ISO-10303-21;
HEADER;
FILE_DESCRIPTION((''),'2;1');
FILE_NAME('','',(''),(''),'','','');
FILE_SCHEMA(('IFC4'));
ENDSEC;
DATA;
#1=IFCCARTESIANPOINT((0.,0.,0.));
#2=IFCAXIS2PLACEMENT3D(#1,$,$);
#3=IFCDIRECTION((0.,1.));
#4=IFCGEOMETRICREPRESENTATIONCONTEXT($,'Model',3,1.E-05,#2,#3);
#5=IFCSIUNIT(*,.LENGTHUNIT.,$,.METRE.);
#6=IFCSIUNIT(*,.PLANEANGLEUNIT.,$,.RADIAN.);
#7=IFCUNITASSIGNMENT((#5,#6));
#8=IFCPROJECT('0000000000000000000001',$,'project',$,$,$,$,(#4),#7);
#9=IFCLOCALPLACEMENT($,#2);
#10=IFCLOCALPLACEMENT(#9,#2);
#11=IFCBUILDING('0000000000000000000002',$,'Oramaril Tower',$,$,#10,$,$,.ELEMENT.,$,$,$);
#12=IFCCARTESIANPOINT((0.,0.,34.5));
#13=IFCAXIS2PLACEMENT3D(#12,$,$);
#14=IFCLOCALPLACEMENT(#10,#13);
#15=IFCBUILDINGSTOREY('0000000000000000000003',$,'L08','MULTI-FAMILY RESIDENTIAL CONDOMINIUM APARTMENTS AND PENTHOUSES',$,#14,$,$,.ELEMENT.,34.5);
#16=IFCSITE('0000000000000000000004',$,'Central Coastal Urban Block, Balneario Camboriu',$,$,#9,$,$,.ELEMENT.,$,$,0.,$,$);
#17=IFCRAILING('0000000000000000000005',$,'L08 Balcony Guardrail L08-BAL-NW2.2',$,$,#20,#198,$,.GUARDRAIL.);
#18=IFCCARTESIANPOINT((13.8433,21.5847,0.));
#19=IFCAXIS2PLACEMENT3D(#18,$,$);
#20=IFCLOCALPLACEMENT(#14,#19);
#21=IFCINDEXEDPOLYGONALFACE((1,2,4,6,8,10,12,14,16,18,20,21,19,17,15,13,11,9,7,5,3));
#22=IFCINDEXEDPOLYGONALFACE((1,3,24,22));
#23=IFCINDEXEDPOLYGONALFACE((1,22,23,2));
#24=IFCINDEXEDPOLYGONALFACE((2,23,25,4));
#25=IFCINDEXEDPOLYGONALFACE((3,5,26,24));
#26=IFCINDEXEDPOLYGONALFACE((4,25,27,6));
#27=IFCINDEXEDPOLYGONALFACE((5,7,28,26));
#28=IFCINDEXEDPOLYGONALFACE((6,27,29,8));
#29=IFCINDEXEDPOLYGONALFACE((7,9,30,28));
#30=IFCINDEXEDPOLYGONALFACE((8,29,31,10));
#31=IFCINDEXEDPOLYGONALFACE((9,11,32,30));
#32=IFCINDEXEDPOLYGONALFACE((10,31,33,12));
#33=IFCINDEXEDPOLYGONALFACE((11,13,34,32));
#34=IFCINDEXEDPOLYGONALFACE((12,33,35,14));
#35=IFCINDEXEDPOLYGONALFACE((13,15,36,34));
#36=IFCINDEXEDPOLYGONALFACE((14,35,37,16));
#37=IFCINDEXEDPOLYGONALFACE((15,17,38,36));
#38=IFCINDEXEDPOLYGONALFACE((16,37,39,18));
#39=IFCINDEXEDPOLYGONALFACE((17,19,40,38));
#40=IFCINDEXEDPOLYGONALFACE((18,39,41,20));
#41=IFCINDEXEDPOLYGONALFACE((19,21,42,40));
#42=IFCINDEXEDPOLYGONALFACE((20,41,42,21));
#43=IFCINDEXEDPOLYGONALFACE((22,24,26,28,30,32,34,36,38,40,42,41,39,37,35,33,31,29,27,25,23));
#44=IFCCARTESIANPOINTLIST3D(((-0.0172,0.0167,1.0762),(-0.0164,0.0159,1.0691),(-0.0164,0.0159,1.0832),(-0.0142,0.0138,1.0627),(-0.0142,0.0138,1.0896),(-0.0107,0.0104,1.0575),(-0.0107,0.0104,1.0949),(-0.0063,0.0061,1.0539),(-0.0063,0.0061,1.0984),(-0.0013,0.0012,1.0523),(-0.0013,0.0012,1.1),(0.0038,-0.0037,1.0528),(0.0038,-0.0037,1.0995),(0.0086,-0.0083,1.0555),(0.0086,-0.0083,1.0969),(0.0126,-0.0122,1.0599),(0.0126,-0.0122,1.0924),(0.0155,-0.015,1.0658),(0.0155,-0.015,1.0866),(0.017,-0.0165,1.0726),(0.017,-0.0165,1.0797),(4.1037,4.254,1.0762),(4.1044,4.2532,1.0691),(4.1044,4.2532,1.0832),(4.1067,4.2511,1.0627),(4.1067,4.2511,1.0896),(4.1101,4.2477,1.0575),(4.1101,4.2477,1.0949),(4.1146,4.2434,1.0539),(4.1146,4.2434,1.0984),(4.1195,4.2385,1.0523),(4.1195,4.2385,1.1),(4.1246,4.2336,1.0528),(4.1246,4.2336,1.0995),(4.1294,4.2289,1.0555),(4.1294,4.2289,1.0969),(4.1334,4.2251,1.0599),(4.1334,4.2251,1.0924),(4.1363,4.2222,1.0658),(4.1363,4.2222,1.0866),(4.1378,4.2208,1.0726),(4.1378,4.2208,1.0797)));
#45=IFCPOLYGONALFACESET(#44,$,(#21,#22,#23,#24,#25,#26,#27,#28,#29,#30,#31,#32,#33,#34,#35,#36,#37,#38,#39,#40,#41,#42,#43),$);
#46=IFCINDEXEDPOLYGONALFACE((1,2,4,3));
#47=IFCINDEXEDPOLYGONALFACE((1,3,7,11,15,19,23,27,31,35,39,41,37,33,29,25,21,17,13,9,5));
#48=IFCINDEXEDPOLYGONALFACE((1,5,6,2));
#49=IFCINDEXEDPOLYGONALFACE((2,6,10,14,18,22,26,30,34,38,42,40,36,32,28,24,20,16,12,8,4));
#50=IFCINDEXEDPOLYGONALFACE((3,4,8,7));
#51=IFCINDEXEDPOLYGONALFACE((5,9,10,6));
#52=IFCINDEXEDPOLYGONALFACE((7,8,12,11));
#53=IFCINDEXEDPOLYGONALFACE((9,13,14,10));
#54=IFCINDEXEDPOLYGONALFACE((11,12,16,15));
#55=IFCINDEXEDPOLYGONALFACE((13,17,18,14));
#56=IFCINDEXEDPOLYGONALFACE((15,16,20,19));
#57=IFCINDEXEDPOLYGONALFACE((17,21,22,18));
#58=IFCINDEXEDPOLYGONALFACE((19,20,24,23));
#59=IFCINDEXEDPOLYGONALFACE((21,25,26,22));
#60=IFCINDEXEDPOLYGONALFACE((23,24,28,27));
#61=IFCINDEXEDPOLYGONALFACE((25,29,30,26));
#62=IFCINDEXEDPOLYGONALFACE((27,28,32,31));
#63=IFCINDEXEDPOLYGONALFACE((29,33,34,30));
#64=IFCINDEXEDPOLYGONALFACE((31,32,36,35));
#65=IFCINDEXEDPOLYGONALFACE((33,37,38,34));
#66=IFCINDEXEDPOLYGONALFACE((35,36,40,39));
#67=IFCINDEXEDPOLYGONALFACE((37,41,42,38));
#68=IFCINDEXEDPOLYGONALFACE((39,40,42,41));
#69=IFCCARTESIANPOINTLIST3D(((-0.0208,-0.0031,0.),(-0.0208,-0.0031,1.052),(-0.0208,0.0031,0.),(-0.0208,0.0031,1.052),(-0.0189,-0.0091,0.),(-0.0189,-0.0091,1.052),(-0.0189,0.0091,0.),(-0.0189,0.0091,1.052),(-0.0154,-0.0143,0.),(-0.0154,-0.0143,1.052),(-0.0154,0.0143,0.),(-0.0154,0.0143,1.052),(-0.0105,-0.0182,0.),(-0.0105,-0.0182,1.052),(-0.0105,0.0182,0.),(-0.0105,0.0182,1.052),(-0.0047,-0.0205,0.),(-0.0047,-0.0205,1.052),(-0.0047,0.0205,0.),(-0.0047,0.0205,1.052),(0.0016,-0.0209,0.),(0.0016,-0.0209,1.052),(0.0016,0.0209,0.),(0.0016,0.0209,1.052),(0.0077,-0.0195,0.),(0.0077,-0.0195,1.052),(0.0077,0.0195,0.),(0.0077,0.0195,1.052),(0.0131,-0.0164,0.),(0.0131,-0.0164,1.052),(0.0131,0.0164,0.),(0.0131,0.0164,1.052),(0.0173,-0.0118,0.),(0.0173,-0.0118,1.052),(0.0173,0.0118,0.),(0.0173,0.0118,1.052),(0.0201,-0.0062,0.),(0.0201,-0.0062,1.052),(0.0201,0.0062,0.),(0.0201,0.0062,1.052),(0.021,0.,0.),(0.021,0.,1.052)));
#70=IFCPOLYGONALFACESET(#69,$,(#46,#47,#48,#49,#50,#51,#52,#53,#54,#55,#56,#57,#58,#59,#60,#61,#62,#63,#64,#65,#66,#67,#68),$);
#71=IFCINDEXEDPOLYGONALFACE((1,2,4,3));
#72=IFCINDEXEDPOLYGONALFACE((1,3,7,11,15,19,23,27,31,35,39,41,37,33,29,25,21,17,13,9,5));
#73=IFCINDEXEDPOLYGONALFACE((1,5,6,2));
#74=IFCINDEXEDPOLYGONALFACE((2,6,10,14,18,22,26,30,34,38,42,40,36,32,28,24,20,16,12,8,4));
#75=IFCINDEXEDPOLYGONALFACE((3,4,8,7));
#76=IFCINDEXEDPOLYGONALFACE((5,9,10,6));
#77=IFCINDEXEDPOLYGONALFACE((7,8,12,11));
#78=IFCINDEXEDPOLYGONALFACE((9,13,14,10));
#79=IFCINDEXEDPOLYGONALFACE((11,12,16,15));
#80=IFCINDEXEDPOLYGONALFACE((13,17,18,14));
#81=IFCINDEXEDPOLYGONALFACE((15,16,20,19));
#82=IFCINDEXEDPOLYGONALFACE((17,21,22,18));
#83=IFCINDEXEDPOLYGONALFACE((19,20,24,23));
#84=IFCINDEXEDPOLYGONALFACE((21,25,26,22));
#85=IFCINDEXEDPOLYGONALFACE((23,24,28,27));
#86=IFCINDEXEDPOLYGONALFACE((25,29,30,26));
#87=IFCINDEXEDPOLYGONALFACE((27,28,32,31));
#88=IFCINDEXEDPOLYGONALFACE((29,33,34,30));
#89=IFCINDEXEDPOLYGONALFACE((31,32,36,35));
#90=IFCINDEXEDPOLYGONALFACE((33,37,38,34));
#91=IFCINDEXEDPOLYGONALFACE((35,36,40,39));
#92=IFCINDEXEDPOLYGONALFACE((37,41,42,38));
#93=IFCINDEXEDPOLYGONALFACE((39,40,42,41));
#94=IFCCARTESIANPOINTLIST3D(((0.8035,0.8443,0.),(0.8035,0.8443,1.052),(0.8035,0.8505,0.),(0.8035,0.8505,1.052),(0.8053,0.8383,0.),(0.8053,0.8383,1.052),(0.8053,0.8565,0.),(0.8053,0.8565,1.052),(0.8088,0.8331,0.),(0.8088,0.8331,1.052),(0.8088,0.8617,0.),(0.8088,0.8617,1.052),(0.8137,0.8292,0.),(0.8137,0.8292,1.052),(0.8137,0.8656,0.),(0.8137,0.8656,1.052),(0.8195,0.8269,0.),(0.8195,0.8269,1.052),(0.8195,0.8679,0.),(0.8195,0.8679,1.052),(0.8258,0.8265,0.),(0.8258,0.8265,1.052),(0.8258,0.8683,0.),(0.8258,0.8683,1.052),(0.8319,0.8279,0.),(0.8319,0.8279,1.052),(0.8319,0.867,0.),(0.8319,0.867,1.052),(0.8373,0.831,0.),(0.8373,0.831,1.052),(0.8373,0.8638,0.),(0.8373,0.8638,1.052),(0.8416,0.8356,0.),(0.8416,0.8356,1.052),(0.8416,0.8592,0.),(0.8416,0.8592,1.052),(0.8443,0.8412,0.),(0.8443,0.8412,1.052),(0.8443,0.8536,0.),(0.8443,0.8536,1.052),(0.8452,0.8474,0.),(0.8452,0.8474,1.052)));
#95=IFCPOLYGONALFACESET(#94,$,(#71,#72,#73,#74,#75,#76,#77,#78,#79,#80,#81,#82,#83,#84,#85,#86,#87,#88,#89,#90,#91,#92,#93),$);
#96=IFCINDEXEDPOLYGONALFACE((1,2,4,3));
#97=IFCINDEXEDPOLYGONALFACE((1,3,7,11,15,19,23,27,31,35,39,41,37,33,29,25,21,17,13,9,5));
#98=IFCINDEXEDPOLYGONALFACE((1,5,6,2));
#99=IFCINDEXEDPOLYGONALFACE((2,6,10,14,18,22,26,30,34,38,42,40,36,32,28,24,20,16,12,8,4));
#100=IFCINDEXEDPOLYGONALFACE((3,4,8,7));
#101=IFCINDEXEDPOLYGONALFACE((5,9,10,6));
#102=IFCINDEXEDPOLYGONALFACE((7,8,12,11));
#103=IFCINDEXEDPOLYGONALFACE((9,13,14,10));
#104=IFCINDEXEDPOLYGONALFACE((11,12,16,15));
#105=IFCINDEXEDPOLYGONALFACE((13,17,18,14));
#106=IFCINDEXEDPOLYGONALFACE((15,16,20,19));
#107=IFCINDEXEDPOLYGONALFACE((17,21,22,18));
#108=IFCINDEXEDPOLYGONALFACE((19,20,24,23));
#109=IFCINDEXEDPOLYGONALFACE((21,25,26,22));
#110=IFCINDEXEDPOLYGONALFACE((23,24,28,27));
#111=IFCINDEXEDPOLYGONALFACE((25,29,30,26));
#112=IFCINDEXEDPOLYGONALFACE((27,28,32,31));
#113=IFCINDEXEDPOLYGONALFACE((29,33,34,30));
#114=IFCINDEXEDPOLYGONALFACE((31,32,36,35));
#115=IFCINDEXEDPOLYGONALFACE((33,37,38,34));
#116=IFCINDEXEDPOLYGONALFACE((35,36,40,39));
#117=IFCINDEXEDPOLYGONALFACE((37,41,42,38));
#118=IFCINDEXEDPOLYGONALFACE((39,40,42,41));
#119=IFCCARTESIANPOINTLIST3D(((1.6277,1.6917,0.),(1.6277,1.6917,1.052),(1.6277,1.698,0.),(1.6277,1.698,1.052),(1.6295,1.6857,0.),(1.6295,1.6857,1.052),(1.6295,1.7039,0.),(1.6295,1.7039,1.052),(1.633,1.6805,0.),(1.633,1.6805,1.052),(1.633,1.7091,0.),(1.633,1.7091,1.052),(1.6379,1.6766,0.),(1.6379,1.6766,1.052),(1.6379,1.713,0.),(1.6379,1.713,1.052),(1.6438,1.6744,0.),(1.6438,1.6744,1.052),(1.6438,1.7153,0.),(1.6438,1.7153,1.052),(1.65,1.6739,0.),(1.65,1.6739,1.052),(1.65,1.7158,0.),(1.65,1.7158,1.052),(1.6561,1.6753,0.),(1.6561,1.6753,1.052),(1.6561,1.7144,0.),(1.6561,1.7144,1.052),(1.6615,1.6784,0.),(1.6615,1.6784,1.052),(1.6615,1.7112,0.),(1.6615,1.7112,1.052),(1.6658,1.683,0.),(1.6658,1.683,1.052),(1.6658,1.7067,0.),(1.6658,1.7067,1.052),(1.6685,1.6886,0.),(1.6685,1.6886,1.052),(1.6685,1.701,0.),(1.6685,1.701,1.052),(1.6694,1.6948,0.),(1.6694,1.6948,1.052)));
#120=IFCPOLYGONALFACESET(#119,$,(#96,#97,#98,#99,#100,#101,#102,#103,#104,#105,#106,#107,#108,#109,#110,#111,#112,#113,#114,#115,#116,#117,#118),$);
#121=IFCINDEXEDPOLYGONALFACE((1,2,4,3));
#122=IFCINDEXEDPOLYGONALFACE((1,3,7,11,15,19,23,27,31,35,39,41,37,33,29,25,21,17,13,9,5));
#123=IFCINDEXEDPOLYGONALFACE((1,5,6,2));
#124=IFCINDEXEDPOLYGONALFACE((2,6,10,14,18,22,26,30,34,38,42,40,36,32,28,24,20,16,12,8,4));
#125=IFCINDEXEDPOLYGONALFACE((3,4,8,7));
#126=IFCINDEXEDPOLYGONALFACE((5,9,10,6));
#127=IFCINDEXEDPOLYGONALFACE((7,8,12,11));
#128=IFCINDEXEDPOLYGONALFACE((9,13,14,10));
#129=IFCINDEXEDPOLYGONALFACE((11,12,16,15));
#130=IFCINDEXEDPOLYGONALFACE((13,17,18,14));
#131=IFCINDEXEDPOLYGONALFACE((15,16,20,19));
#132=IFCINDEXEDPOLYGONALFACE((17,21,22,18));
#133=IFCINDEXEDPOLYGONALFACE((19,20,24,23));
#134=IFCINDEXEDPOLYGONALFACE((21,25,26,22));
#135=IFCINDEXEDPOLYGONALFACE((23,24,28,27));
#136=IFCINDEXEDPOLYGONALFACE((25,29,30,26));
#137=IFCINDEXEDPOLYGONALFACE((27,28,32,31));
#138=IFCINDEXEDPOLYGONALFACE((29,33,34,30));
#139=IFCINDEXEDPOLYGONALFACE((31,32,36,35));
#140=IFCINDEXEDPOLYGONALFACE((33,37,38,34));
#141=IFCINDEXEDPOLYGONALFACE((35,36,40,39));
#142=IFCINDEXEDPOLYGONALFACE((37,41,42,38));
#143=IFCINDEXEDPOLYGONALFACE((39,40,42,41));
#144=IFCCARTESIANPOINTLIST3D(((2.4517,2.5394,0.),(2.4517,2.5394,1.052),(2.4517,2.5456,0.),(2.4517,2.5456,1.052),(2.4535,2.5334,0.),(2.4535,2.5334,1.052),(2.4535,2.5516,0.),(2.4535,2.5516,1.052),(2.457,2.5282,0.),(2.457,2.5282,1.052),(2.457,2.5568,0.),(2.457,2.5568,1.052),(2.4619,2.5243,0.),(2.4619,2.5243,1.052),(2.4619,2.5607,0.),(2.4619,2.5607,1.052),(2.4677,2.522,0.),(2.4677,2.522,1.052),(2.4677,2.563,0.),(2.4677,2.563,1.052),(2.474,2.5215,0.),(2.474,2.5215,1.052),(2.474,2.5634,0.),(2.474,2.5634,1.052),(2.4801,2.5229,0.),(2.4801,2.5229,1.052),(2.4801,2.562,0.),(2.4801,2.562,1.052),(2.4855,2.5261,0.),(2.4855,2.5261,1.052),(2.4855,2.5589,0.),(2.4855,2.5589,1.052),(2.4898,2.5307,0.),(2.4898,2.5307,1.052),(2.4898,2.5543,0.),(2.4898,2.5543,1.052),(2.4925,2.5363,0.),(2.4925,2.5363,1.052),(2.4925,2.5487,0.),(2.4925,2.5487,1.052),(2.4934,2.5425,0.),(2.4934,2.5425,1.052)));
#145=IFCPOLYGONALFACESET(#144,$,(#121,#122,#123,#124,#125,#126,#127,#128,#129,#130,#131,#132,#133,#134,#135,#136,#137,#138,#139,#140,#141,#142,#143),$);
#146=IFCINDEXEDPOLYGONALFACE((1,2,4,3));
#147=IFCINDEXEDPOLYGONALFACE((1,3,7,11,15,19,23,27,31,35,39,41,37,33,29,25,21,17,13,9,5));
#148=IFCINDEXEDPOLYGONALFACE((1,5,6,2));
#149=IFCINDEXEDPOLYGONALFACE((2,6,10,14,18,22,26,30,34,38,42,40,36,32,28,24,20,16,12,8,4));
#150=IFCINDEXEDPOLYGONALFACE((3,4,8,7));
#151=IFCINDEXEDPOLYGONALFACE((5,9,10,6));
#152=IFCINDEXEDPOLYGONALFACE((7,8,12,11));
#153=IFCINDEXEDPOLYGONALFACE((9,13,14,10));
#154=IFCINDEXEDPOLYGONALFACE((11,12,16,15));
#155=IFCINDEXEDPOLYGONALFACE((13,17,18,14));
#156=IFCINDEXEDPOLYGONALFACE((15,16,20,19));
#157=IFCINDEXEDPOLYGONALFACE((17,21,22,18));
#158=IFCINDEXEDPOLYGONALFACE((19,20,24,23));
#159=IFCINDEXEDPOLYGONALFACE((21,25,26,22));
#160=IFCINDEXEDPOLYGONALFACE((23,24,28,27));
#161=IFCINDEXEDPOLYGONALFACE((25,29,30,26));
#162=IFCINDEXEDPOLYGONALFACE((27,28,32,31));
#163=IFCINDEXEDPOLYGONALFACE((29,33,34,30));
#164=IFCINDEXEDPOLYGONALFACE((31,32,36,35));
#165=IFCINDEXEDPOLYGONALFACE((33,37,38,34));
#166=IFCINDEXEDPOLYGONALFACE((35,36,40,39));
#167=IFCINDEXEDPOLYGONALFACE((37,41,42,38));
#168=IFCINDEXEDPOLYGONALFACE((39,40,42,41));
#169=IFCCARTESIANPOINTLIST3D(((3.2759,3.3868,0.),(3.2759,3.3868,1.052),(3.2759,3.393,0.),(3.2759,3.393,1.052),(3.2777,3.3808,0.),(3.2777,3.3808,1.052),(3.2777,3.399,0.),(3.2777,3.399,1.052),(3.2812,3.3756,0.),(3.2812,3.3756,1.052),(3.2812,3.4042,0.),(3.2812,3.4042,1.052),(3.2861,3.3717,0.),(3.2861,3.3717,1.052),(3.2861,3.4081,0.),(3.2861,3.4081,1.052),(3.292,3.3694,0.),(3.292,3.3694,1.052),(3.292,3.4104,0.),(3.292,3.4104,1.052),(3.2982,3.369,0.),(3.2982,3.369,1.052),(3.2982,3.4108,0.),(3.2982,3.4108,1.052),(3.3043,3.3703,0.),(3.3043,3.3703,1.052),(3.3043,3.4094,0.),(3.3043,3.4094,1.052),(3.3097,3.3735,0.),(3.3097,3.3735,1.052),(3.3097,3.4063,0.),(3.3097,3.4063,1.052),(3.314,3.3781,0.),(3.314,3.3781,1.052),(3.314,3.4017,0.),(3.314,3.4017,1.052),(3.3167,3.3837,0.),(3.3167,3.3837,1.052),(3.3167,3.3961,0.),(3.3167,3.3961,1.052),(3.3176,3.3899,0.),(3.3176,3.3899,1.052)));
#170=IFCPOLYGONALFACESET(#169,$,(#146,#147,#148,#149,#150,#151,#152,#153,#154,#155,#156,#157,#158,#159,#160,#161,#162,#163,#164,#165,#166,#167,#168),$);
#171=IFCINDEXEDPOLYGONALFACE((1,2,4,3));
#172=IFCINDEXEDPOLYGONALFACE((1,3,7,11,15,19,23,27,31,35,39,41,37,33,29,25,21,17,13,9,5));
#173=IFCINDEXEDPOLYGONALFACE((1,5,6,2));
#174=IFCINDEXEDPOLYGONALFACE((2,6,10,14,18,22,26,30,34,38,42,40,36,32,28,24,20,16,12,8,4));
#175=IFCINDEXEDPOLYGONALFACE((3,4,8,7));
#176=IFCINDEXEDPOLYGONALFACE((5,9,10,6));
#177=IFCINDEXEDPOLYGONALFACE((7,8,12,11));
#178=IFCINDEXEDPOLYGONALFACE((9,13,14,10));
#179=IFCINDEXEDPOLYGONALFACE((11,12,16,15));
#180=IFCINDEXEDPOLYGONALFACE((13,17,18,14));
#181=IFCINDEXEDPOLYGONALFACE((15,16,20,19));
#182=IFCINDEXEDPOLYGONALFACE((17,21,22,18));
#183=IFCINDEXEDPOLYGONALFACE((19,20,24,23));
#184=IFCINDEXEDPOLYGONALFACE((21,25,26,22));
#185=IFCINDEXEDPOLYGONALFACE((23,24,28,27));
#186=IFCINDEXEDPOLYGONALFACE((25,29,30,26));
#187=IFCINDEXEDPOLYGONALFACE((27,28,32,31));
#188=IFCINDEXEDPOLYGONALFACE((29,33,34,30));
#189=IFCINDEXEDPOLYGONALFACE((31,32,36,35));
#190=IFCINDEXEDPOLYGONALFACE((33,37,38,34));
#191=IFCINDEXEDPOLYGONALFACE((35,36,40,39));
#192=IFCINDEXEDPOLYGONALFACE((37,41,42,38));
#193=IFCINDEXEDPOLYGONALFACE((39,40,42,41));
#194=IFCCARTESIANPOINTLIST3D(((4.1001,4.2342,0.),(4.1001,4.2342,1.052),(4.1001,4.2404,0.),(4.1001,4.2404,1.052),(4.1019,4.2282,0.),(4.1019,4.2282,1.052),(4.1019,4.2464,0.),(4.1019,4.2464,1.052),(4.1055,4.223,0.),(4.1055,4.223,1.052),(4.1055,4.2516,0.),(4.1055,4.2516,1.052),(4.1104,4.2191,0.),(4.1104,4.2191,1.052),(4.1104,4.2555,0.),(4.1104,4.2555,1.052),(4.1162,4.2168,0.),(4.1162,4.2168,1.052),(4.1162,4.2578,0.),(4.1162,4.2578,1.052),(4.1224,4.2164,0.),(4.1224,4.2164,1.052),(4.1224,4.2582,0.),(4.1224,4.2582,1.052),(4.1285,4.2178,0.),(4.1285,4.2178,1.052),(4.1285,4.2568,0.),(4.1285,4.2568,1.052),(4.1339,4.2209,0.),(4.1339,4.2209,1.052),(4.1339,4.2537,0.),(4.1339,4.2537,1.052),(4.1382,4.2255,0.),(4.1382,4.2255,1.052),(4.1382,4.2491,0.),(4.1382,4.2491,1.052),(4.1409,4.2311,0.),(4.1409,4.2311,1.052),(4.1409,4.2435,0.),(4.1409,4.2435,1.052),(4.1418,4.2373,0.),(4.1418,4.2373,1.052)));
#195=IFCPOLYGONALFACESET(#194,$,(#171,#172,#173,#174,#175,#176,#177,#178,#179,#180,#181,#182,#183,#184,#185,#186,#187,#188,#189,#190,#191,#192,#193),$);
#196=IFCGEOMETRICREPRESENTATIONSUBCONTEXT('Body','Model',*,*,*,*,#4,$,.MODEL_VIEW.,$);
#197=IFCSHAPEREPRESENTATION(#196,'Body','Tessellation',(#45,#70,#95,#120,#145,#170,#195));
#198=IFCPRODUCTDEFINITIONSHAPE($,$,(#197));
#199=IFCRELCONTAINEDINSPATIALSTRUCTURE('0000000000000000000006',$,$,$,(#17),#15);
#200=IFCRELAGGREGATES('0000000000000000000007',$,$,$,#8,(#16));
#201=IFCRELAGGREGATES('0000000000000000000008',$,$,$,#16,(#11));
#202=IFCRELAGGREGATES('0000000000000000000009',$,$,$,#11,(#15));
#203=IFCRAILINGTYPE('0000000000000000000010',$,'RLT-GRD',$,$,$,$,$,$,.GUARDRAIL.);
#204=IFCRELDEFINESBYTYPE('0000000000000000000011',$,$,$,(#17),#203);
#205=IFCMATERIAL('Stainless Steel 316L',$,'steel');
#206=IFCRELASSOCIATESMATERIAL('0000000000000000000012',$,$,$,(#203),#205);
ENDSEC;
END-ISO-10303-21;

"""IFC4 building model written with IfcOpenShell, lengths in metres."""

from ifc_helpers import new_model, si_unit, direction, frame, origin, origin_2d, place, context, subcontext, project, spatial, circle, extrude, material, type_object, element, save


model = new_model("IFC4")

# Units and contexts
model_context = context("Model", 3, precision=1e-05, world=origin(), true_north=direction((0.0, 1.0)))
body_context = subcontext(model_context, "Body", "Model", "MODEL_VIEW")
ifc_project = project(units=[si_unit("LENGTHUNIT", "METRE"), si_unit("PLANEANGLEUNIT", "RADIAN")], contexts=[model_context])

# Site, building, storey
site_placement = place(None, origin())
site = spatial("IfcSite", under=ifc_project, at=site_placement, Name="Central Coastal Urban Block, Balneario Camboriu", CompositionType="ELEMENT", RefElevation=0.0)
building_placement = place(site_placement, origin())
building = spatial("IfcBuilding", under=site, at=building_placement, Name="Oramaril Tower", CompositionType="ELEMENT")
storey_placement = place(building_placement, frame((0.0, 0.0, 34.5)))
storey = spatial("IfcBuildingStorey", under=building, at=storey_placement, Name="L08", Description="MULTI-FAMILY RESIDENTIAL CONDOMINIUM APARTMENTS AND PENTHOUSES", CompositionType="ELEMENT", Elevation=34.5)

# Railing
ifc_material_1 = material(Name="Stainless Steel 316L", Category="steel")
railing_type = type_object("IfcRailingType", Name="RLT-GRD", PredefinedType="GUARDRAIL", material=ifc_material_1)
railing_1_placement = place(storey_placement, frame((13.8433, 21.5847, 0.0)))
element("IfcRailing", 1, at=railing_1_placement, inside=storey, type_object=railing_type, Name="L08 Balcony Guardrail L08-BAL-NW2.2", PredefinedType="GUARDRAIL", context=body_context, shape_type="SweptSolid", body=[
    extrude(circle(Radius=0.0239, at=origin_2d()), frame((0.0, 0.0, 1.0762), z_axis=(0.697187, 0.716889, 0.0), x_axis=(-0.716889, 0.697187, 0.0)), (0.0, 0.0, 1.0), 5.9106),
    extrude(circle(Radius=0.021, at=origin_2d()), origin(), (0.0, 0.0, 1.0), 1.052),
    extrude(circle(Radius=0.021, at=origin_2d()), frame((0.8242, 0.8474, 0.0)), (0.0, 0.0, 1.0), 1.052),
    extrude(circle(Radius=0.021, at=origin_2d()), frame((1.6484, 1.6948, 0.0)), (0.0, 0.0, 1.0), 1.052),
    extrude(circle(Radius=0.021, at=origin_2d()), frame((2.4724, 2.5425, 0.0)), (0.0, 0.0, 1.0), 1.052),
    extrude(circle(Radius=0.021, at=origin_2d()), frame((3.2966, 3.3899, 0.0)), (0.0, 0.0, 1.0), 1.052),
    extrude(circle(Radius=0.021, at=origin_2d()), frame((4.1208, 4.2373, 0.0)), (0.0, 0.0, 1.0), 1.052),
])

save(model, "model.ifc")
